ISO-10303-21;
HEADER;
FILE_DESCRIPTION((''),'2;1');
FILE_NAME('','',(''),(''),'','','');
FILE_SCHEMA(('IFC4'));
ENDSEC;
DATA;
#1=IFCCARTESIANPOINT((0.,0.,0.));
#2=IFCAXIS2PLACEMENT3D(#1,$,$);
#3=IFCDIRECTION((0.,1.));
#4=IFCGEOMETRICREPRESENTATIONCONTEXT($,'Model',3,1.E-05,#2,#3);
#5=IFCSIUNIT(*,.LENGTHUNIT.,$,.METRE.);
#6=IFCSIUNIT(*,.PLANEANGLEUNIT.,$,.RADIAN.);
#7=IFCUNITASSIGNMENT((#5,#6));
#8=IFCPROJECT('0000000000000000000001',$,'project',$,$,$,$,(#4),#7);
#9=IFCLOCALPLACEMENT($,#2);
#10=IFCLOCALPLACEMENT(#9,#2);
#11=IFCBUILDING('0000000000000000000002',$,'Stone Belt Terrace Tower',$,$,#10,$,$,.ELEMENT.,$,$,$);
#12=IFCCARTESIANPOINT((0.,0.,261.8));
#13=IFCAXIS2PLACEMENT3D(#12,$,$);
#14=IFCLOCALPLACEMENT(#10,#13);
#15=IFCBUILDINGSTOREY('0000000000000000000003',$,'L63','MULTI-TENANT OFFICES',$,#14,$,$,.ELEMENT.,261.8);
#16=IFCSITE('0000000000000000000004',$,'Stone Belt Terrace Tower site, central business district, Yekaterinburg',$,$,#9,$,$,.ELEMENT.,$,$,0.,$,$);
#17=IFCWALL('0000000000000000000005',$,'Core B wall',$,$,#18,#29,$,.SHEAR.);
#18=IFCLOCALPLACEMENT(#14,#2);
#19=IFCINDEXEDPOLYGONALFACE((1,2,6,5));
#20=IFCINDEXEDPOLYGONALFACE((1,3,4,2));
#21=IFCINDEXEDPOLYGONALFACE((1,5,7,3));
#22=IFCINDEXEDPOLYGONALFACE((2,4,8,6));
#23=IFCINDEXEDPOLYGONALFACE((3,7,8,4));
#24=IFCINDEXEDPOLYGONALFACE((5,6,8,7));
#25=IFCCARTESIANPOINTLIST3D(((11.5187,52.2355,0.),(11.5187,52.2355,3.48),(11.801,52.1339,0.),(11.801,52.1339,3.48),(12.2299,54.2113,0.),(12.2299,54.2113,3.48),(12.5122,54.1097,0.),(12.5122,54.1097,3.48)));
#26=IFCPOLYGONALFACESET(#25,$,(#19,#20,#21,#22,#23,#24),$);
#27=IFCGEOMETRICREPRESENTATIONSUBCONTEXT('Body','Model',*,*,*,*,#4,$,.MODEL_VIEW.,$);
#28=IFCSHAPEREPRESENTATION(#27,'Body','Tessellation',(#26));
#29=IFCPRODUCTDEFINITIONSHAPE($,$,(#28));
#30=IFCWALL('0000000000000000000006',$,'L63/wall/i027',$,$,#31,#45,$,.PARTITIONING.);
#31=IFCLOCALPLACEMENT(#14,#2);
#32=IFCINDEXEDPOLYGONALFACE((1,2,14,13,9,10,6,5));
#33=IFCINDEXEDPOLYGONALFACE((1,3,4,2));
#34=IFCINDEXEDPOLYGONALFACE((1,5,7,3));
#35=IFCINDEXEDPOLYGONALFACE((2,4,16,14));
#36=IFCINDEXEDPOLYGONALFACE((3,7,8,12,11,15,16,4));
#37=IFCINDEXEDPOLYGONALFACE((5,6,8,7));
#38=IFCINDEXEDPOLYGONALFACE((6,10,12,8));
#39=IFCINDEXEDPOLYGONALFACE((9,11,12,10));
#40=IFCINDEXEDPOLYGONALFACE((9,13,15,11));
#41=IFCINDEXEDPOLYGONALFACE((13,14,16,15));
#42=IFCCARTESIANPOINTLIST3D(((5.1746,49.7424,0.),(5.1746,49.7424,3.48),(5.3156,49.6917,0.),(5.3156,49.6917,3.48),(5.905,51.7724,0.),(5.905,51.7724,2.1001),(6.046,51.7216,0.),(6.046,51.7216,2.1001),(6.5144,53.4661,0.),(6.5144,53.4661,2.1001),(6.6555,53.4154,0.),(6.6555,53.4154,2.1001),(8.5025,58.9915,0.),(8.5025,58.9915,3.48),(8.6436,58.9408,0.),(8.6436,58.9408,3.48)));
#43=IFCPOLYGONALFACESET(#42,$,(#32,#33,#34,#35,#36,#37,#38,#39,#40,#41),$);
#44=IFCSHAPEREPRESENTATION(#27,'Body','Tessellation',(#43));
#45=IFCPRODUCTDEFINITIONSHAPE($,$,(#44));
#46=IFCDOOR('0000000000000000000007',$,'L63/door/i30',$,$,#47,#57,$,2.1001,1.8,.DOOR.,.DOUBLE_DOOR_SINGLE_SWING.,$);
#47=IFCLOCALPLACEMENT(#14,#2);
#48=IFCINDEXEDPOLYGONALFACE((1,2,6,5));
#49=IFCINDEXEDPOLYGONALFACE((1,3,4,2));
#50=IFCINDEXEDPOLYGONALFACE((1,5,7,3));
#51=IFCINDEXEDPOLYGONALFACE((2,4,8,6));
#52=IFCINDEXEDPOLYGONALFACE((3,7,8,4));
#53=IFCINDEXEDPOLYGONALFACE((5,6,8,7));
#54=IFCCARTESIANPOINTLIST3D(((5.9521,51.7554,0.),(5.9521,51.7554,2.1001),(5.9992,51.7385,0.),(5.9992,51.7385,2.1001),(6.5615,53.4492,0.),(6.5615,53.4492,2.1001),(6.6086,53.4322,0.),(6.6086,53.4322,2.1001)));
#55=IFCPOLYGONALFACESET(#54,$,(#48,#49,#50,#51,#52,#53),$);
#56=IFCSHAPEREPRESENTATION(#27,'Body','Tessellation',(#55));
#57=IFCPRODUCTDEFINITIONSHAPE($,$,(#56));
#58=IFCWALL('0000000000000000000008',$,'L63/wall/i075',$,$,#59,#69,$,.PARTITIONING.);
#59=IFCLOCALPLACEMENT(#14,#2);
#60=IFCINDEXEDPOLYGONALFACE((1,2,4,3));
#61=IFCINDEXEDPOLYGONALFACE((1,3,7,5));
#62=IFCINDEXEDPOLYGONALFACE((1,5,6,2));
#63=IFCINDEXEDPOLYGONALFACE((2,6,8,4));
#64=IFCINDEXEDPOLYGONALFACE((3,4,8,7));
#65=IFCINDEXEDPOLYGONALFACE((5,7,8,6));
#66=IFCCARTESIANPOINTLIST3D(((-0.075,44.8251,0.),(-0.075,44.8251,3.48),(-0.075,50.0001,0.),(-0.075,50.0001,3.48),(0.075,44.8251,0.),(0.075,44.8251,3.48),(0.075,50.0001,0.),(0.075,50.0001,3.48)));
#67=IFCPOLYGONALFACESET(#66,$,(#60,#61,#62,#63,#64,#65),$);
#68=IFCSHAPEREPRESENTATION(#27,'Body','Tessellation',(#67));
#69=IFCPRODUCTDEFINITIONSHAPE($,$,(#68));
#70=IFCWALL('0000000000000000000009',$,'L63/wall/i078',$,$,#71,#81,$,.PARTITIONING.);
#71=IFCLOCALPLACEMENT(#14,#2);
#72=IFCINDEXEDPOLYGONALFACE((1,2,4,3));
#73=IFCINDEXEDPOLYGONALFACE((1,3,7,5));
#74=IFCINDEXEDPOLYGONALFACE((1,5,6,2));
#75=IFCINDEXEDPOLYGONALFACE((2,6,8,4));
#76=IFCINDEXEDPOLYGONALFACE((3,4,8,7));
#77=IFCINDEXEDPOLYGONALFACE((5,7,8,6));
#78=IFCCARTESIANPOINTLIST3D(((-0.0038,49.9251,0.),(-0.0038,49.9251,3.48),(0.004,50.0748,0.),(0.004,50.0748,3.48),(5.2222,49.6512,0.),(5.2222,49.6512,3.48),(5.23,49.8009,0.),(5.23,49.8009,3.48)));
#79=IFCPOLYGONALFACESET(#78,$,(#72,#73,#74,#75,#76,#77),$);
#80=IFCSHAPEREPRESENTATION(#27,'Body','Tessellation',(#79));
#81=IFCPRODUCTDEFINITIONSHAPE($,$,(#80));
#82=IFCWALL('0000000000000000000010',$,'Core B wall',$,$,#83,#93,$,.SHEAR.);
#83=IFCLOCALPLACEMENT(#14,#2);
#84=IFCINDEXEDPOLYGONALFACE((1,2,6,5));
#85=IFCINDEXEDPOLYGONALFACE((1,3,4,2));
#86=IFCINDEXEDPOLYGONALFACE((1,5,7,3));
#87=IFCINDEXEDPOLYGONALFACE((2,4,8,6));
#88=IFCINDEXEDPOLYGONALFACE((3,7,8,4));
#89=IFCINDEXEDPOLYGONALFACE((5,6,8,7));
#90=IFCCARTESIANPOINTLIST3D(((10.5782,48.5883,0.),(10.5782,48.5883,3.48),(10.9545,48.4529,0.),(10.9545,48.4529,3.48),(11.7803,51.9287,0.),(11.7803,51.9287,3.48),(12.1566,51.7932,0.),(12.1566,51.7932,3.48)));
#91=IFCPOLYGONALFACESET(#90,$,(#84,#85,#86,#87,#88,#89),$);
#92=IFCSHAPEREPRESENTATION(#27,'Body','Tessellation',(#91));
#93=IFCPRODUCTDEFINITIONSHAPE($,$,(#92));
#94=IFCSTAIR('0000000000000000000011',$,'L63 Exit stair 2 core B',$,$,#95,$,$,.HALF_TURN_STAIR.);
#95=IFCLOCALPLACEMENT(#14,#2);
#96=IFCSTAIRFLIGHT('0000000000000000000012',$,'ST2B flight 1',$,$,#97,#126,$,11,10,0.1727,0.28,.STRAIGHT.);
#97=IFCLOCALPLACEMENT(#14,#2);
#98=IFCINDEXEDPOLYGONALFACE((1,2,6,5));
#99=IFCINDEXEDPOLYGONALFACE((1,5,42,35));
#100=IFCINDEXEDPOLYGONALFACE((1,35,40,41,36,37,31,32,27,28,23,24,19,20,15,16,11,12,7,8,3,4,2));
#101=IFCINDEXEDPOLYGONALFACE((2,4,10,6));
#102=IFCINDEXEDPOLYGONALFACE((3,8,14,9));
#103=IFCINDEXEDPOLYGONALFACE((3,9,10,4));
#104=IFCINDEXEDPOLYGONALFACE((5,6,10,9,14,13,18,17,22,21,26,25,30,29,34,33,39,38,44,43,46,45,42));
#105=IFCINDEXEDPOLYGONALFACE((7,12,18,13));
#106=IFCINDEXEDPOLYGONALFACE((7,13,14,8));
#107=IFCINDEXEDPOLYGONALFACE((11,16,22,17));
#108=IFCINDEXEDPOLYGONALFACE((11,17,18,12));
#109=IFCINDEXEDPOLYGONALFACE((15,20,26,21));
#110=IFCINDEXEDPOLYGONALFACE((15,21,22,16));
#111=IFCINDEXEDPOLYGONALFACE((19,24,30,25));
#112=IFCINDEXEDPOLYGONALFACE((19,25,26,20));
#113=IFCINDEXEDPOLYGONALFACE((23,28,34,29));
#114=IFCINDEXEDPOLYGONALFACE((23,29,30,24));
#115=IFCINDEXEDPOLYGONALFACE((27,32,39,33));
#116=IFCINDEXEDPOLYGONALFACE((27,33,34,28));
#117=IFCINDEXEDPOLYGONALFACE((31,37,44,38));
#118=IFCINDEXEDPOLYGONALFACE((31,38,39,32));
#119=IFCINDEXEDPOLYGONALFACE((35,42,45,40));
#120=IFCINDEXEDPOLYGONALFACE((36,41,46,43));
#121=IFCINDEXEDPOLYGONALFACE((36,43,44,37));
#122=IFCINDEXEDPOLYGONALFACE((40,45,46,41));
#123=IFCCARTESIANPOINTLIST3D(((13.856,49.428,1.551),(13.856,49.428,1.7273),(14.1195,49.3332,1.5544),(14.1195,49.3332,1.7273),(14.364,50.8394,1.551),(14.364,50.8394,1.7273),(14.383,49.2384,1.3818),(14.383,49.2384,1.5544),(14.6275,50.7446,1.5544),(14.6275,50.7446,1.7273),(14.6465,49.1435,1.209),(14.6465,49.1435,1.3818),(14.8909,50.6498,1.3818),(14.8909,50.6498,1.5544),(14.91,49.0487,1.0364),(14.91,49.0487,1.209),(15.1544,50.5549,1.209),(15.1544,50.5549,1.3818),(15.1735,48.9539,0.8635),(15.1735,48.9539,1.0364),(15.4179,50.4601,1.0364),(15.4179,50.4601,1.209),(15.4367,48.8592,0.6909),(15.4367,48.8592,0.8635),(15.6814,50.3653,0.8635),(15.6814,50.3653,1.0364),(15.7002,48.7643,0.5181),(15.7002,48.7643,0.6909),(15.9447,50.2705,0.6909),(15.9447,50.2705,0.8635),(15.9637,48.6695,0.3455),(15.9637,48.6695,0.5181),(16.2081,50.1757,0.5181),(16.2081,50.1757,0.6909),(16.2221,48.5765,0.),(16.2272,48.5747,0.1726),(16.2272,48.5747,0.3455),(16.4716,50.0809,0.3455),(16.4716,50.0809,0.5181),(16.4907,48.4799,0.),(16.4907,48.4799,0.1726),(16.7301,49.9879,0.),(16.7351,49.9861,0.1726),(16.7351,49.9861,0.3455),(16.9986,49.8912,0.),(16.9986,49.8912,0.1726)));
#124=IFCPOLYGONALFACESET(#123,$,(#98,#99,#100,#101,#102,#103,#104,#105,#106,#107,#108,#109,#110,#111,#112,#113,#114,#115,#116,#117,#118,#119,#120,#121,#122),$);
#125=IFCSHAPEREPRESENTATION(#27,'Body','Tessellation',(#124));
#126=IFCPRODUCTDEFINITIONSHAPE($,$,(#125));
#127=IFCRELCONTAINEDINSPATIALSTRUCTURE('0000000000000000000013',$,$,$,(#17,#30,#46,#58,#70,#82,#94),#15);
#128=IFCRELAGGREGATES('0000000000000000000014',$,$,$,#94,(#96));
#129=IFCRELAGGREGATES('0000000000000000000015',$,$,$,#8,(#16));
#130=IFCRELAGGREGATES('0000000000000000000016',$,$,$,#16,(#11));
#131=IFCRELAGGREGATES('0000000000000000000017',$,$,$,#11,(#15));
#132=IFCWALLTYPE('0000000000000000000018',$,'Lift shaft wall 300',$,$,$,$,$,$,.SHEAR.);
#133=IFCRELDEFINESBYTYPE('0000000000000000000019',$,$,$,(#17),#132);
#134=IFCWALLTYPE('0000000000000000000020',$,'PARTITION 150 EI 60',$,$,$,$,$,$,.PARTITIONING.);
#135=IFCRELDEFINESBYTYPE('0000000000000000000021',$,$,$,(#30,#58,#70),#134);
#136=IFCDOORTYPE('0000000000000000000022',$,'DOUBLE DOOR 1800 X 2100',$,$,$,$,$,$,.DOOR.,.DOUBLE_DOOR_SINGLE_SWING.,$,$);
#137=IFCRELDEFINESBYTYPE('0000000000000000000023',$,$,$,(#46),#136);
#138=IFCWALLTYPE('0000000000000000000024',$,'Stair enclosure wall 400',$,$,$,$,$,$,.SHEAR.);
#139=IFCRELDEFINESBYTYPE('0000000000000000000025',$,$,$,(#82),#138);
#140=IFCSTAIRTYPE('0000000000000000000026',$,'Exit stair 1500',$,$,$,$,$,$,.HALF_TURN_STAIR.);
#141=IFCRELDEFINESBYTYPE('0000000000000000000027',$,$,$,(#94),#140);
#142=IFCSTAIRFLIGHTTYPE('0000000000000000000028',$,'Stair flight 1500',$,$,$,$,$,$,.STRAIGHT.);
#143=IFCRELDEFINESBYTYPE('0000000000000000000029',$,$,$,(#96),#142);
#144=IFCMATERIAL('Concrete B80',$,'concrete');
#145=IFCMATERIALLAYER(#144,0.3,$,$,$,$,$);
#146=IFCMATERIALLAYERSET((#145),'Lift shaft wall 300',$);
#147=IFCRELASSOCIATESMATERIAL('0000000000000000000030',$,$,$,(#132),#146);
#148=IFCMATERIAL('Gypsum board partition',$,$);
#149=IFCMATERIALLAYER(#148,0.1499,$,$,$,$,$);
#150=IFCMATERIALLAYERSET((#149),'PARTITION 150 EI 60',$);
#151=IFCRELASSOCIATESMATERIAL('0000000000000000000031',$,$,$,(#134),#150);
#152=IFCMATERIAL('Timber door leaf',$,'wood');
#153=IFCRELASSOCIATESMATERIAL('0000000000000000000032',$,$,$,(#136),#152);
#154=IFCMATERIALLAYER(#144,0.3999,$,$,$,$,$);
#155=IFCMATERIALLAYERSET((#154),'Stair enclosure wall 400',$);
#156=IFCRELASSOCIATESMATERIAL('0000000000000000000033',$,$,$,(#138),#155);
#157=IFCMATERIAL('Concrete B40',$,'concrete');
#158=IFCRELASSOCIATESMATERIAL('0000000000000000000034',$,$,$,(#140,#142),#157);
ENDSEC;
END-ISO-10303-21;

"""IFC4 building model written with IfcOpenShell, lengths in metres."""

from ifc_helpers import new_model, si_unit, direction, frame, frame_2d, origin, place, context, subcontext, project, spatial, polyline, rectangle, outline, extrude, material, layer, layer_set, type_object, element, fill, aggregate, save


model = new_model("IFC4")

# Units and contexts
model_context = context("Model", 3, precision=1e-05, world=origin(), true_north=direction((0.0, 1.0)))
body_context = subcontext(model_context, "Body", "Model", "MODEL_VIEW")
ifc_project = project(units=[si_unit("LENGTHUNIT", "METRE"), si_unit("PLANEANGLEUNIT", "RADIAN")], contexts=[model_context])

# Site, building, storey
site_placement = place(None, origin())
site = spatial("IfcSite", under=ifc_project, at=site_placement, Name="Stone Belt Terrace Tower site, central business district, Yekaterinburg", CompositionType="ELEMENT", RefElevation=0.0)
building_placement = place(site_placement, origin())
building = spatial("IfcBuilding", under=site, at=building_placement, Name="Stone Belt Terrace Tower", CompositionType="ELEMENT")
storey_placement = place(building_placement, frame((0.0, 0.0, 261.8)))
storey = spatial("IfcBuildingStorey", under=building, at=storey_placement, Name="L63", Description="MULTI-TENANT OFFICES", CompositionType="ELEMENT", Elevation=261.8)

# Shared definitions
ifc_material_1 = material(Name="Timber door leaf", Category="wood")

# Wall
ifc_material_2 = material(Name="Concrete B80", Category="concrete")
ifc_layer_1 = layer(ifc_material_2, 0.3)
ifc_layer_set_1 = layer_set([ifc_layer_1], Name="Lift shaft wall 300")
wall_type_1 = type_object("IfcWallType", Name="Lift shaft wall 300", PredefinedType="SHEAR", material=ifc_layer_set_1)
wall_1_placement = place(storey_placement, frame((11.6599, 52.1848, 0.0), z_axis=(0.0, 0.0, 1.0), x_axis=(0.33867, 0.940905, 0.0)))
element("IfcWall", 1, at=wall_1_placement, inside=storey, type_object=wall_type_1, Name="Core B wall", PredefinedType="SHEAR", context=body_context, shape_type="SweptSolid", body=[
    extrude(rectangle(XDim=2.0999, YDim=0.3, at=frame_2d((1.0498, 0.0))), origin(), (0.0, 0.0, 1.0), 3.48),
])

# Wall, opening, door
ifc_material_3 = material(Name="Gypsum board partition")
ifc_layer_2 = layer(ifc_material_3, 0.1499)
ifc_layer_set_2 = layer_set([ifc_layer_2], Name="PARTITION 150 EI 60")
wall_type_2 = type_object("IfcWallType", Name="PARTITION 150 EI 60", PredefinedType="PARTITIONING", material=ifc_layer_set_2)
wall_2_placement = place(storey_placement, frame((5.2451, 49.717, 0.0), z_axis=(0.0, 0.0, 1.0), x_axis=(0.33856, 0.940945, 0.0)))
wall_2 = element("IfcWall", 2, at=wall_2_placement, inside=storey, type_object=wall_type_2, Name="L63/wall/i027", PredefinedType="PARTITIONING", context=body_context, shape_type="SweptSolid", body=[
    extrude(rectangle(XDim=9.8296, YDim=0.1499, at=frame_2d((4.9148, 0.0))), origin(), (0.0, 0.0, 1.0), 3.48),
])
opening_1_placement = place(wall_2_placement, frame((2.1575, 0.0, 0.0)))
opening_1 = element("IfcOpeningElement", 3, at=opening_1_placement, cuts=wall_2, PredefinedType="OPENING", context=body_context, shape_type="SweptSolid", body=[
    extrude(rectangle(XDim=1.8, YDim=2.1001, at=frame_2d((0.8999, 1.05))), frame((0.0, 0.085, 0.0), z_axis=(0.0, -1.0, 0.0), x_axis=(1.0, 0.0, 0.0)), (0.0, 0.0, 1.0), 0.1699),
])
door_type_1 = type_object("IfcDoorType", Name="DOUBLE DOOR 1800 X 2100", OperationType="DOUBLE_DOOR_SINGLE_SWING", PredefinedType="DOOR", material=ifc_material_1)
door_1_placement = place(opening_1_placement, origin())
door_1 = element("IfcDoor", 4, at=door_1_placement, inside=storey, type_object=door_type_1, Name="L63/door/i30", OperationType="DOUBLE_DOOR_SINGLE_SWING", OverallHeight=2.1001, OverallWidth=1.8, PredefinedType="DOOR", context=body_context, shape_type="SweptSolid", body=[
    extrude(rectangle(XDim=1.8, YDim=2.1001, at=frame_2d((0.8999, 1.05))), frame((0.0, 0.0249, 0.0), z_axis=(0.0, -1.0, 0.0), x_axis=(1.0, 0.0, 0.0)), (0.0, 0.0, 1.0), 0.05),
])
fill(opening_1, door_1)

# Walls
wall_3_placement = place(storey_placement, frame((0.0, 50.0, 0.0), z_axis=(0.0, 0.0, 1.0), x_axis=(0.0, -1.0, 0.0)))
element("IfcWall", 5, at=wall_3_placement, inside=storey, type_object=wall_type_2, Name="L63/wall/i075", PredefinedType="PARTITIONING", context=body_context, shape_type="SweptSolid", body=[
    extrude(rectangle(XDim=5.175, YDim=0.1499, at=frame_2d((2.5874, 0.0))), origin(), (0.0, 0.0, 1.0), 3.48),
])
wall_4_placement = place(storey_placement, frame((0.0, 50.0, 0.0), z_axis=(0.0, 0.0, 1.0), x_axis=(0.998629, -0.052343, 0.0)))
element("IfcWall", 6, at=wall_4_placement, inside=storey, type_object=wall_type_2, Name="L63/wall/i078", PredefinedType="PARTITIONING", context=body_context, shape_type="SweptSolid", body=[
    extrude(rectangle(XDim=5.2332, YDim=0.1499, at=frame_2d((2.6167, 0.0))), origin(), (0.0, 0.0, 1.0), 3.48),
])
ifc_layer_3 = layer(ifc_material_2, 0.3999)
ifc_layer_set_3 = layer_set([ifc_layer_3], Name="Stair enclosure wall 400")
wall_type_3 = type_object("IfcWallType", Name="Stair enclosure wall 400", PredefinedType="SHEAR", material=ifc_layer_set_3)
wall_5_placement = place(storey_placement, frame((10.7664, 48.5208, 0.0), z_axis=(0.0, 0.0, 1.0), x_axis=(0.338627, 0.940921, 0.0)))
element("IfcWall", 7, at=wall_5_placement, inside=storey, type_object=wall_type_3, Name="Core B wall", PredefinedType="SHEAR", context=body_context, shape_type="SweptSolid", body=[
    extrude(rectangle(XDim=3.55, YDim=0.3999, at=frame_2d((1.7749, 0.0))), origin(), (0.0, 0.0, 1.0), 3.48),
])

# Stair, stair flight
ifc_material_4 = material(Name="Concrete B40", Category="concrete")
stair_type = type_object("IfcStairType", Name="Exit stair 1500", PredefinedType="HALF_TURN_STAIR", material=ifc_material_4)
stair_placement = place(storey_placement, origin())
stair = element("IfcStair", 8, at=stair_placement, inside=storey, type_object=stair_type, Name="L63 Exit stair 2 core B", PredefinedType="HALF_TURN_STAIR")
stair_flight_type = type_object("IfcStairFlightType", Name="Stair flight 1500", PredefinedType="STRAIGHT", material=ifc_material_4)
stair_flight_placement = place(storey_placement, frame((16.7446, 49.1855, 0.0), z_axis=(0.0, 0.0, 1.0), x_axis=(-0.940922, 0.338624, 0.0)))
stair_flight = element("IfcStairFlight", 9, at=stair_flight_placement, type_object=stair_flight_type, Name="ST2B flight 1", NumberOfRisers=11, NumberOfTreads=10, PredefinedType="STRAIGHT", RiserHeight=0.1727, TreadLength=0.28, context=body_context, shape_type="SweptSolid", body=[
    extrude(outline(polyline([(0.0, 0.0), (0.0, 0.1726), (0.28, 0.1726), (0.28, 0.3455), (0.5601, 0.3455), (0.5601, 0.5181), (0.8401, 0.5181), (0.8401, 0.6909), (1.1201, 0.6909), (1.1201, 0.8635), (1.3999, 0.8635), (1.3999, 1.0364), (1.6799, 1.0364), (1.6799, 1.209), (1.96, 1.209), (1.96, 1.3818), (2.24, 1.3818), (2.24, 1.5544), (2.52, 1.5544), (2.52, 1.7273), (2.8, 1.7273), (2.8, 1.8999), (2.8, 1.551), (0.2854, 0.0), (0.0, 0.0)])), frame((0.0, 0.75, 0.0), z_axis=(0.0, -1.0, 0.0), x_axis=(1.0, 0.0, 0.0)), (0.0, 0.0, 1.0), 1.5),
])
aggregate(stair, [stair_flight])

save(model, "model.ifc")
